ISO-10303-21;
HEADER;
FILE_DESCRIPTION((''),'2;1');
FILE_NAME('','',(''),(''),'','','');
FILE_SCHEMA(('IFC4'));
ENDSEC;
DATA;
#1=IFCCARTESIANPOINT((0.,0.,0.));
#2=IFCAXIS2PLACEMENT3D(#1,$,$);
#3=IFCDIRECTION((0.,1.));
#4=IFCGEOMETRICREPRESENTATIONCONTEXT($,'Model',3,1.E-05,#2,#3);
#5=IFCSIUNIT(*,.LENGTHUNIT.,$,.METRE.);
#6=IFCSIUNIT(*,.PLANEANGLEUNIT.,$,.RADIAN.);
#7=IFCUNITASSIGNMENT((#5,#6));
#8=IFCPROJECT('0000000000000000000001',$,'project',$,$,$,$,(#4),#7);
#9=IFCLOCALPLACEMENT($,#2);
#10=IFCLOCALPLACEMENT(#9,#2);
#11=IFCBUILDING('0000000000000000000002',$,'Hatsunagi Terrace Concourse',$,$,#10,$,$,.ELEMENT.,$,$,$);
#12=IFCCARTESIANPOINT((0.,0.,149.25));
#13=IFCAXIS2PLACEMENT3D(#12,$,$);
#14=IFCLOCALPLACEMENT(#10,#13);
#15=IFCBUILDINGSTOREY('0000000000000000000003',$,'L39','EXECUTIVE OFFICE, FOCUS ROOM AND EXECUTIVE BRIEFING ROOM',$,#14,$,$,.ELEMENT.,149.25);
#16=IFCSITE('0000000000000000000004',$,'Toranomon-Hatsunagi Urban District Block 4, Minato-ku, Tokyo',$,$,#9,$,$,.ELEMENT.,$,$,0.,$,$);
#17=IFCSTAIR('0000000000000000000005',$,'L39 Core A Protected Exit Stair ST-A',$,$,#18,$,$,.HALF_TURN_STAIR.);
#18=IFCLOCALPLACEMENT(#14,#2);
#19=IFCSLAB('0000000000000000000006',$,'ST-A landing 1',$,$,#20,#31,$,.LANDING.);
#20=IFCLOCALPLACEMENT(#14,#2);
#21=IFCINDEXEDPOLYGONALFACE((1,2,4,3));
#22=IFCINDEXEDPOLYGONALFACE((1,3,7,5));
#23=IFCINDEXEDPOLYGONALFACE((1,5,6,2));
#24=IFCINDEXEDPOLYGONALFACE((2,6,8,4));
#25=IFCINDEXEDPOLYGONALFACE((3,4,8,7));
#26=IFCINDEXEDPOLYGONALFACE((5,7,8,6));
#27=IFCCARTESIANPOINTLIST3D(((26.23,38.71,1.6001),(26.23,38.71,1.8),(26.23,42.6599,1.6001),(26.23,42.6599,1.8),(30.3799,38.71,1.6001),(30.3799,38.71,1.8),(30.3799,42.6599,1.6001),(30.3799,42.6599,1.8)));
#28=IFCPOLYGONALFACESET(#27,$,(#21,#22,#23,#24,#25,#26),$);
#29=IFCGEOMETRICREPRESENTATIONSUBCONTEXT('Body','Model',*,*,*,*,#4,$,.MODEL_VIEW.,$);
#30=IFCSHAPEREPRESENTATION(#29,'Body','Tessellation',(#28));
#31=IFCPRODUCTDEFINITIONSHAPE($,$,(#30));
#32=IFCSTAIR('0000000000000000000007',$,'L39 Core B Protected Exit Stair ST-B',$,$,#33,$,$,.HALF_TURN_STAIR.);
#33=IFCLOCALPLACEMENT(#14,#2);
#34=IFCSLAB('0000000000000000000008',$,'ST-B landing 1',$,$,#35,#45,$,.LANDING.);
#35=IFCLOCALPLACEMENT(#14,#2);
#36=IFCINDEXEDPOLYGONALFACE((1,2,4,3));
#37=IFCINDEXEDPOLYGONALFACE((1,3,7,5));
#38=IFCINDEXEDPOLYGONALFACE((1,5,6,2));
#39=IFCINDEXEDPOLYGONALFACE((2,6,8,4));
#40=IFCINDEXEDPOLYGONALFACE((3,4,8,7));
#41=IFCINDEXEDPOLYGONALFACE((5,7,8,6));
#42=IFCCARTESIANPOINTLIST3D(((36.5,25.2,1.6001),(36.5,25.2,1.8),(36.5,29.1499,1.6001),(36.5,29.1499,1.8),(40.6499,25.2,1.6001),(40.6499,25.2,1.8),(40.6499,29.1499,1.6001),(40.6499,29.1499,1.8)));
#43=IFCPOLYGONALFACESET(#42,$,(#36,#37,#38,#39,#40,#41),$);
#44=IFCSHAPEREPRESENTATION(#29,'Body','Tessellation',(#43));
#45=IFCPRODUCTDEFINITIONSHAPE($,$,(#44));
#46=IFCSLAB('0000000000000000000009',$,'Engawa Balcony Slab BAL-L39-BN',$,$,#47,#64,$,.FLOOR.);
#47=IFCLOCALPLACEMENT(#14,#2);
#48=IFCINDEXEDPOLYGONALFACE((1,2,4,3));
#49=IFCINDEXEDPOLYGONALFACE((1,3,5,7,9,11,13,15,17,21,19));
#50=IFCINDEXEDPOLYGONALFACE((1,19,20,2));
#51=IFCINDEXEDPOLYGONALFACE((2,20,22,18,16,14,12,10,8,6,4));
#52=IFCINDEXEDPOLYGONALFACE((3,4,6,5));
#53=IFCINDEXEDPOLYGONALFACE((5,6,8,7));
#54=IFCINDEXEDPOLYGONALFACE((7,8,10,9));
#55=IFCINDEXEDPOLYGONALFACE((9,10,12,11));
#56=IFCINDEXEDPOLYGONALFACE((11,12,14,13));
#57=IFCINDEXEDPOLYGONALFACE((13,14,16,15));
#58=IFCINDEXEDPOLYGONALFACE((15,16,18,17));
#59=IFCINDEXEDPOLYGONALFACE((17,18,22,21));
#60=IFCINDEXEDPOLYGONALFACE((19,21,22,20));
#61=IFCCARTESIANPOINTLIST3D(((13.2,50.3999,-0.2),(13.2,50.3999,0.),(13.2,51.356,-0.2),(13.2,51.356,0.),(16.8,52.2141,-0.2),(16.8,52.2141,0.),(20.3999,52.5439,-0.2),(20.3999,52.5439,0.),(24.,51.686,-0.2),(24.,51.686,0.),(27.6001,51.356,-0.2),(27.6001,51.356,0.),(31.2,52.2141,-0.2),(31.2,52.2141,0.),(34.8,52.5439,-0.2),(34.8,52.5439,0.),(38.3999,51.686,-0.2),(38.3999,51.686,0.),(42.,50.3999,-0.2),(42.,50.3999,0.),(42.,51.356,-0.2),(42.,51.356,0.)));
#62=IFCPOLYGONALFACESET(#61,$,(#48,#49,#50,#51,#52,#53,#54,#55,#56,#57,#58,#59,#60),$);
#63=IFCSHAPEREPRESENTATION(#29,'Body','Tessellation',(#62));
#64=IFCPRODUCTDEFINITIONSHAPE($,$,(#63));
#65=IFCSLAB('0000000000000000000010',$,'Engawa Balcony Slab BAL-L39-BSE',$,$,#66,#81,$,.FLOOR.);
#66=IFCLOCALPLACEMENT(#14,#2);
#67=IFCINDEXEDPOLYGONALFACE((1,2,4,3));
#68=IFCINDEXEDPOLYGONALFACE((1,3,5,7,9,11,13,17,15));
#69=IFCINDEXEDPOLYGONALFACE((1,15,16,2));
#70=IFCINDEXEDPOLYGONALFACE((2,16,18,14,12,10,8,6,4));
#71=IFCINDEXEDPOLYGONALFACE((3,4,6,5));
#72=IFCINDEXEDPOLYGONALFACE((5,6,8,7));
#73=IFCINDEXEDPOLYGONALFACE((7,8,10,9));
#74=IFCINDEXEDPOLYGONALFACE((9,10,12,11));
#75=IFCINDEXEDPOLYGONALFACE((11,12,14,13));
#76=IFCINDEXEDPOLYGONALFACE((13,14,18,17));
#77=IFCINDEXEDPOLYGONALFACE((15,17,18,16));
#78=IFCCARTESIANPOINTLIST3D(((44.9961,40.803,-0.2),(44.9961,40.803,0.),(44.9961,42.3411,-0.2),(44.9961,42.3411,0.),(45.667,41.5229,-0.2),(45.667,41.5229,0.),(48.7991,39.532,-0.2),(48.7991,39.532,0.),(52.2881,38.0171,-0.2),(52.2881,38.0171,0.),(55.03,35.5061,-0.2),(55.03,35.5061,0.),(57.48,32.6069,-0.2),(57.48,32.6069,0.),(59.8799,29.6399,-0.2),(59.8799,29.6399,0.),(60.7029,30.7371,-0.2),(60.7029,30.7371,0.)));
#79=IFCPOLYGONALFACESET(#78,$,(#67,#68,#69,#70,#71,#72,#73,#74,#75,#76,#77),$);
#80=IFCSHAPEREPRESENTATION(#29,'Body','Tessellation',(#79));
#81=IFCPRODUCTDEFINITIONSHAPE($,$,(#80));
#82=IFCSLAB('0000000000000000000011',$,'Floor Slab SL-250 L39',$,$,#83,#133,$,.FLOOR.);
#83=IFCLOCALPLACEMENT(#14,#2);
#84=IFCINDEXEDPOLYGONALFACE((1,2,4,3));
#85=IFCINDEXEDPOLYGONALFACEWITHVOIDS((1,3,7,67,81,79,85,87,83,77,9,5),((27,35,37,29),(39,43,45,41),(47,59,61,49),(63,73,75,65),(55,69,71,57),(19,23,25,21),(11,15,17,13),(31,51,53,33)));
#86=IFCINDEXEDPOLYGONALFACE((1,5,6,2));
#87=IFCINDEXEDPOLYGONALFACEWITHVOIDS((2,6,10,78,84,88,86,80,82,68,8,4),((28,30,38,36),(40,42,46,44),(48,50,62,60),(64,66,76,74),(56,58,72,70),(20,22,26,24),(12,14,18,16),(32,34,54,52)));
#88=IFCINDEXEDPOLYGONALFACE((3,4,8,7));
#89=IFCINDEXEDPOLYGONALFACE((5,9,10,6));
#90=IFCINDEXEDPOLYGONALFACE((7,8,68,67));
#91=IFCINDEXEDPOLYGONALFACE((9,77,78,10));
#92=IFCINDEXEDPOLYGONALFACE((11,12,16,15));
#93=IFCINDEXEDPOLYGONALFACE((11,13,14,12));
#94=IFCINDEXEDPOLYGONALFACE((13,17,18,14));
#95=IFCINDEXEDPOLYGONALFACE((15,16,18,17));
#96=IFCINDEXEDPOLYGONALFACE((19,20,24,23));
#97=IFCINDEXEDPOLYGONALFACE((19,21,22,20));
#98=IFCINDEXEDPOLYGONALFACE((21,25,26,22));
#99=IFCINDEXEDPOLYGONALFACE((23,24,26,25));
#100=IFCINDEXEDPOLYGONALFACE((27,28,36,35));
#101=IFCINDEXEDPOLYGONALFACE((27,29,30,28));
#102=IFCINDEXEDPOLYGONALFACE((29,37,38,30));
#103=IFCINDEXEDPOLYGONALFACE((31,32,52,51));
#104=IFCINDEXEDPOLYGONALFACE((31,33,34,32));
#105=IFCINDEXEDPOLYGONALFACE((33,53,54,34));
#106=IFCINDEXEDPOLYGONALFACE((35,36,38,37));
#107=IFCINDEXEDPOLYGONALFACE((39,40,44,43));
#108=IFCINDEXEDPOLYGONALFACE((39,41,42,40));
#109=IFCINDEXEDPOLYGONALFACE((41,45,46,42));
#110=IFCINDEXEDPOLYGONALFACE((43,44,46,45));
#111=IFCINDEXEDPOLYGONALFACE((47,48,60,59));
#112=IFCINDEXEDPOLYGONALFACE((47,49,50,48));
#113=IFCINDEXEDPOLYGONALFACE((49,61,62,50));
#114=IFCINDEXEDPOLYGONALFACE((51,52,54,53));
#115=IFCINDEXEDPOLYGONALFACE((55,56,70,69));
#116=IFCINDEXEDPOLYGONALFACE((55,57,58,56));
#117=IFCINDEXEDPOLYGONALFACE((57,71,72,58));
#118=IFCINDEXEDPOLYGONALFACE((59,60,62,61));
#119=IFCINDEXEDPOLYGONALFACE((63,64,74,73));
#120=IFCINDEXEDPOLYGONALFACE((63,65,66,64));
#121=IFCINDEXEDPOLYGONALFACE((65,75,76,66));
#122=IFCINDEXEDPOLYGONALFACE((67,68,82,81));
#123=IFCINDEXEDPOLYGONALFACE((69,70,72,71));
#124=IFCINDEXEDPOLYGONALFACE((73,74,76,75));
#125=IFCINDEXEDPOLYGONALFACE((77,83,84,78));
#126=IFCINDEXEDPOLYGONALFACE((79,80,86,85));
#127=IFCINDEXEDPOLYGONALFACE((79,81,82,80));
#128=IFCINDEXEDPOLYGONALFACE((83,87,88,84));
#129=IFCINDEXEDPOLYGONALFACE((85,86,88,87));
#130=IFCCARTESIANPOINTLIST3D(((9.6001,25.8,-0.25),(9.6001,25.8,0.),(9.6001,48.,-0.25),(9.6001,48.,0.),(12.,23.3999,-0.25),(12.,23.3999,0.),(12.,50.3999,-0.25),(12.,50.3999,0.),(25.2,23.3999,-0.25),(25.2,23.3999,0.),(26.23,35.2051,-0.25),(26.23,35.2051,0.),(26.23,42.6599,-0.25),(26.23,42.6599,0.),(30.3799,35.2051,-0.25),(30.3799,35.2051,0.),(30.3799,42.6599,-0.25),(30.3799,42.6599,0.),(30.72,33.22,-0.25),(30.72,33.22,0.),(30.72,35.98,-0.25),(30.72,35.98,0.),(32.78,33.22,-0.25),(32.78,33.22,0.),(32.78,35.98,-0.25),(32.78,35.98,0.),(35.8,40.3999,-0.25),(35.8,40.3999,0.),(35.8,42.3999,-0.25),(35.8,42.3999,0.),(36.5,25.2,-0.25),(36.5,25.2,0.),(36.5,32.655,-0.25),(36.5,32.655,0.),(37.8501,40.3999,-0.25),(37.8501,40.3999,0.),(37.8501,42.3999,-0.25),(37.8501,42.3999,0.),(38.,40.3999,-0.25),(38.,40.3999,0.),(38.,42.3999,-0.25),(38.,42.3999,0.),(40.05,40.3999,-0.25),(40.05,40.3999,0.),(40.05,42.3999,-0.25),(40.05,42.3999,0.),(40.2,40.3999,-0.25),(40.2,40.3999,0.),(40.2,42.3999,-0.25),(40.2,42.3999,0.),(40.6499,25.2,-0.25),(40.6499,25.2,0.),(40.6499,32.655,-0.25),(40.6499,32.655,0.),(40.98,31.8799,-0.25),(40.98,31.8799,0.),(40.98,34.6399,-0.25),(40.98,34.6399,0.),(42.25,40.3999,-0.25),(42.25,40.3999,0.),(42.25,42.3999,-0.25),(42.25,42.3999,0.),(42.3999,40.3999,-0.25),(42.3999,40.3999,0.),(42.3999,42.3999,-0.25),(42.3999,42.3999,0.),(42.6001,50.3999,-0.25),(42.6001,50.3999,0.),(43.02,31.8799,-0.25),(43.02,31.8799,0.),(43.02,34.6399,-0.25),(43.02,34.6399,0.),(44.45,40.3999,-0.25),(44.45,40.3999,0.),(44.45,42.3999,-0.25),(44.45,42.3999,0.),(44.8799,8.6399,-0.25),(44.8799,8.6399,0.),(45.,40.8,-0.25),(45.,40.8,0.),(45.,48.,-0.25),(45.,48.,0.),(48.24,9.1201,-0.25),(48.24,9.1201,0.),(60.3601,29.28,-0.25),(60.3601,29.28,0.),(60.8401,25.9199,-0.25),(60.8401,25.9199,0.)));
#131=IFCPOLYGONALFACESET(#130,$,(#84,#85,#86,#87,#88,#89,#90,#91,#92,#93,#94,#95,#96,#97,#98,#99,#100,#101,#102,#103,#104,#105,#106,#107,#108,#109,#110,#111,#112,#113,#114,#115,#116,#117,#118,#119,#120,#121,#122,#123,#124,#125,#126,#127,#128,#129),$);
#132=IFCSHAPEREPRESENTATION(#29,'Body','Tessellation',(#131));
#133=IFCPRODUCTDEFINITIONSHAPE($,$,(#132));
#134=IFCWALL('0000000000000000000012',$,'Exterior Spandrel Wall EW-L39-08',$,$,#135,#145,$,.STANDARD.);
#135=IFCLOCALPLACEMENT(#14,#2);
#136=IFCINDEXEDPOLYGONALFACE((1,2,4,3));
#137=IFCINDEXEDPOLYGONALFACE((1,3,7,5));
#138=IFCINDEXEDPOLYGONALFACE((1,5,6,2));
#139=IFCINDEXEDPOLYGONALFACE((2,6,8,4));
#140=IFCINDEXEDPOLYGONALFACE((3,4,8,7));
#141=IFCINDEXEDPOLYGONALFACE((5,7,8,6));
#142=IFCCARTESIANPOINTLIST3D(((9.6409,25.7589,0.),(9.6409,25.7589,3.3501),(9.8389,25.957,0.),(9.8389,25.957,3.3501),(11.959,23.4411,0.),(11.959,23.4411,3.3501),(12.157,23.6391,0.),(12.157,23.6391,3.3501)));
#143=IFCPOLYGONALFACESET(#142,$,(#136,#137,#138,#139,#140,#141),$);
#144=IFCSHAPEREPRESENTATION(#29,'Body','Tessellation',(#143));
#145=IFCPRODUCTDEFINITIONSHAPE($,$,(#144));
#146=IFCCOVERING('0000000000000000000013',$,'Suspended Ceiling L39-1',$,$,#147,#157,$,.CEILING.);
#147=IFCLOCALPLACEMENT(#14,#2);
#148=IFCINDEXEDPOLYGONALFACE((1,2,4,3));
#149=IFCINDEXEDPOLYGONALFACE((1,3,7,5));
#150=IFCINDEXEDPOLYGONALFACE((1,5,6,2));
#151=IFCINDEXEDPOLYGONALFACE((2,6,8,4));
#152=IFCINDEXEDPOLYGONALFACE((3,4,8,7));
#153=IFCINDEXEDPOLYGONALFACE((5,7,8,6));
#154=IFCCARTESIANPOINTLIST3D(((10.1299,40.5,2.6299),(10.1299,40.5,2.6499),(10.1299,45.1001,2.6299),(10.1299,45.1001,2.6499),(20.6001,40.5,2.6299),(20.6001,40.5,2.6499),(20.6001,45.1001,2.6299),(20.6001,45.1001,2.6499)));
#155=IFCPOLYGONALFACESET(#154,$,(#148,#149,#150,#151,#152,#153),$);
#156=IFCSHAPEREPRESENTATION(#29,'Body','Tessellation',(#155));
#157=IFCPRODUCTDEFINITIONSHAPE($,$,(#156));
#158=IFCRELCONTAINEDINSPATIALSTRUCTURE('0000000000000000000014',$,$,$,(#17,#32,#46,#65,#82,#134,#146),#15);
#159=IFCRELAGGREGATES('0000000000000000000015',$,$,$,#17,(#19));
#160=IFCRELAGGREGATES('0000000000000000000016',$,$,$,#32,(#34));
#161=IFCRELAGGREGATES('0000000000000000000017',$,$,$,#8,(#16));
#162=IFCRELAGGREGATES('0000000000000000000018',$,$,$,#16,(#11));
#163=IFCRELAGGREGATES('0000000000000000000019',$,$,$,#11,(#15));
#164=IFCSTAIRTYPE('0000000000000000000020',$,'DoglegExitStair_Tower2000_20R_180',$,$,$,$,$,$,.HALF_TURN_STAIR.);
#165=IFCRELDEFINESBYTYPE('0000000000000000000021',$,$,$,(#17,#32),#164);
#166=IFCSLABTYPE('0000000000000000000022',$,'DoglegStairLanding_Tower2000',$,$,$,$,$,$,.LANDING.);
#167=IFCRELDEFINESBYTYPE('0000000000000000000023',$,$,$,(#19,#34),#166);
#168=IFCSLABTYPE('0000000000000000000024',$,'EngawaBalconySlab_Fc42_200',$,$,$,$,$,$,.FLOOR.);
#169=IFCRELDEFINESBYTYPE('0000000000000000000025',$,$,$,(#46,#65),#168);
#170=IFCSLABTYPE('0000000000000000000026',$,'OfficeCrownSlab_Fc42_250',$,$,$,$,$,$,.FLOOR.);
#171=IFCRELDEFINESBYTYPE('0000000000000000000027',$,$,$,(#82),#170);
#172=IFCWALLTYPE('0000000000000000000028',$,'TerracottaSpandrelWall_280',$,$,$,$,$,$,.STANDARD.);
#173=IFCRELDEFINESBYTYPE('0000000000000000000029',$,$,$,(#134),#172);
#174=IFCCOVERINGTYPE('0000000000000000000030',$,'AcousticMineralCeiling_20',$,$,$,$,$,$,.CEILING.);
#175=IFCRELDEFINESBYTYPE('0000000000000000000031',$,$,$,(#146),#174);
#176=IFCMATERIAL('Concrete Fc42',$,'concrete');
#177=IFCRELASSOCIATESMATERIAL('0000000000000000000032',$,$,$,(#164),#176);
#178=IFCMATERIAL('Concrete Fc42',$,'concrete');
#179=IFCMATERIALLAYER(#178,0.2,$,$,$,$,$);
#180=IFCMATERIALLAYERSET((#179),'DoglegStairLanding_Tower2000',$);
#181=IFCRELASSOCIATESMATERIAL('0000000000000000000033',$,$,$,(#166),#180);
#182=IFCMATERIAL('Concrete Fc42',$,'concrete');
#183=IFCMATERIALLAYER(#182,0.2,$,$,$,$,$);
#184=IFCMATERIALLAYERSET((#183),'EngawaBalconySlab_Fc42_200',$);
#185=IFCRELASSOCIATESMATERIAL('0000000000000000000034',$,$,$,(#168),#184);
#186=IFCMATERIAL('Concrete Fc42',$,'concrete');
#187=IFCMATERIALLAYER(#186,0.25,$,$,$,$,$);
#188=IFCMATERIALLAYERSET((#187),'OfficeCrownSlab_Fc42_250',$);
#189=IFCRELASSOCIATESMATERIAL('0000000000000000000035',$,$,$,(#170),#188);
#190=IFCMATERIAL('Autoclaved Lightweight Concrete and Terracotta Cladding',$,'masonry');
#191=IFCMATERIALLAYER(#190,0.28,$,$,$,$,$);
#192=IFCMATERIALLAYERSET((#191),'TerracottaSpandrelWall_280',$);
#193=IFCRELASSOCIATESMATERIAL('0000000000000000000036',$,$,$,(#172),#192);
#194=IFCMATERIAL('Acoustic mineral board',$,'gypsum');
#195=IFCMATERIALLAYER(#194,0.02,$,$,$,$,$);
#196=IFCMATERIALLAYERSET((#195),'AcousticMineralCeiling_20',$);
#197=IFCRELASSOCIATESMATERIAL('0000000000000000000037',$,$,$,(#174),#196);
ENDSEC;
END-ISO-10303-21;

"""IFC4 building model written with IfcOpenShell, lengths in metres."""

from ifc_helpers import new_model, si_unit, direction, frame, frame_2d, origin, place, context, subcontext, project, spatial, polyline, rectangle, outline, extrude, material, layer, layer_set, type_object, element, aggregate, save


model = new_model("IFC4")

# Units and contexts
model_context = context("Model", 3, precision=1e-05, world=origin(), true_north=direction((0.0, 1.0)))
body_context = subcontext(model_context, "Body", "Model", "MODEL_VIEW")
ifc_project = project(units=[si_unit("LENGTHUNIT", "METRE"), si_unit("PLANEANGLEUNIT", "RADIAN")], contexts=[model_context])

# Site, building, storey
site_placement = place(None, origin())
site = spatial("IfcSite", under=ifc_project, at=site_placement, Name="Toranomon-Hatsunagi Urban District Block 4, Minato-ku, Tokyo", CompositionType="ELEMENT", RefElevation=0.0)
building_placement = place(site_placement, origin())
building = spatial("IfcBuilding", under=site, at=building_placement, Name="Hatsunagi Terrace Concourse", CompositionType="ELEMENT")
storey_placement = place(building_placement, frame((0.0, 0.0, 149.25)))
storey = spatial("IfcBuildingStorey", under=building, at=storey_placement, Name="L39", Description="EXECUTIVE OFFICE, FOCUS ROOM AND EXECUTIVE BRIEFING ROOM", CompositionType="ELEMENT", Elevation=149.25)

# Stairs, slabs
ifc_material_1 = material(Name="Concrete Fc42", Category="concrete")
stair_type = type_object("IfcStairType", Name="DoglegExitStair_Tower2000_20R_180", PredefinedType="HALF_TURN_STAIR", material=ifc_material_1)
stair_1_placement = place(storey_placement, origin())
stair_1 = element("IfcStair", 1, at=stair_1_placement, inside=storey, type_object=stair_type, Name="L39 Core A Protected Exit Stair ST-A", PredefinedType="HALF_TURN_STAIR")
ifc_material_2 = material(Name="Concrete Fc42", Category="concrete")
ifc_layer_1 = layer(ifc_material_2, 0.2)
ifc_layer_set_1 = layer_set([ifc_layer_1], Name="DoglegStairLanding_Tower2000")
slab_type_1 = type_object("IfcSlabType", Name="DoglegStairLanding_Tower2000", PredefinedType="LANDING", material=ifc_layer_set_1)
slab_1_placement = place(storey_placement, frame((0.0, 0.0, 1.6001)))
slab_1 = element("IfcSlab", 2, at=slab_1_placement, type_object=slab_type_1, Name="ST-A landing 1", PredefinedType="LANDING", context=body_context, shape_type="SweptSolid", body=[
    extrude(outline(polyline([(30.3799, 38.71), (30.3799, 42.6599), (26.23, 42.6599), (26.23, 38.71), (30.3799, 38.71)])), origin(), (0.0, 0.0, 1.0), 0.2),
])
aggregate(stair_1, [slab_1])
stair_2_placement = place(storey_placement, origin())
stair_2 = element("IfcStair", 3, at=stair_2_placement, inside=storey, type_object=stair_type, Name="L39 Core B Protected Exit Stair ST-B", PredefinedType="HALF_TURN_STAIR")
slab_2_placement = place(storey_placement, frame((0.0, 0.0, 1.6001)))
slab_2 = element("IfcSlab", 4, at=slab_2_placement, type_object=slab_type_1, Name="ST-B landing 1", PredefinedType="LANDING", context=body_context, shape_type="SweptSolid", body=[
    extrude(outline(polyline([(36.5, 29.1499), (36.5, 25.2), (40.6499, 25.2), (40.6499, 29.1499), (36.5, 29.1499)])), origin(), (0.0, 0.0, 1.0), 0.2),
])
aggregate(stair_2, [slab_2])

# Slabs
ifc_material_3 = material(Name="Concrete Fc42", Category="concrete")
ifc_layer_2 = layer(ifc_material_3, 0.2)
ifc_layer_set_2 = layer_set([ifc_layer_2], Name="EngawaBalconySlab_Fc42_200")
slab_type_2 = type_object("IfcSlabType", Name="EngawaBalconySlab_Fc42_200", PredefinedType="FLOOR", material=ifc_layer_set_2)
slab_3_placement = place(storey_placement, frame((0.0, 0.0, -0.2)))
element("IfcSlab", 5, at=slab_3_placement, inside=storey, type_object=slab_type_2, Name="Engawa Balcony Slab BAL-L39-BN", PredefinedType="FLOOR", context=body_context, shape_type="SweptSolid", body=[
    extrude(outline(polyline([(13.2, 51.356), (13.2, 50.3999), (42.0, 50.3999), (42.0, 51.356), (38.3999, 51.686), (34.8, 52.5439), (31.2, 52.2141), (27.6001, 51.356), (24.0, 51.686), (20.3999, 52.5439), (16.8, 52.2141), (13.2, 51.356)])), origin(), (0.0, 0.0, 1.0), 0.2),
])
slab_4_placement = place(storey_placement, frame((0.0, 0.0, -0.2)))
element("IfcSlab", 6, at=slab_4_placement, inside=storey, type_object=slab_type_2, Name="Engawa Balcony Slab BAL-L39-BSE", PredefinedType="FLOOR", context=body_context, shape_type="SweptSolid", body=[
    extrude(outline(polyline([(45.667, 41.5229), (44.9961, 42.3411), (44.9961, 40.803), (59.8799, 29.6399), (60.7029, 30.7371), (57.48, 32.6069), (55.03, 35.5061), (52.2881, 38.0171), (48.7991, 39.532), (45.667, 41.5229)])), origin(), (0.0, 0.0, 1.0), 0.2),
])
ifc_material_4 = material(Name="Concrete Fc42", Category="concrete")
ifc_layer_3 = layer(ifc_material_4, 0.25)
ifc_layer_set_3 = layer_set([ifc_layer_3], Name="OfficeCrownSlab_Fc42_250")
slab_type_3 = type_object("IfcSlabType", Name="OfficeCrownSlab_Fc42_250", PredefinedType="FLOOR", material=ifc_layer_set_3)
slab_5_placement = place(storey_placement, frame((0.0, 0.0, -0.25)))
element("IfcSlab", 7, at=slab_5_placement, inside=storey, type_object=slab_type_3, Name="Floor Slab SL-250 L39", PredefinedType="FLOOR", context=body_context, shape_type="SweptSolid", body=[
    extrude(outline(polyline([(45.0, 40.8), (45.0, 48.0), (42.6001, 50.3999), (12.0, 50.3999), (9.6001, 48.0), (9.6001, 25.8), (12.0, 23.3999), (25.2, 23.3999), (44.8799, 8.6399), (48.24, 9.1201), (60.8401, 25.9199), (60.3601, 29.28), (45.0, 40.8)]), holes=[polyline([(26.23, 35.2051), (30.3799, 35.2051), (30.3799, 42.6599), (26.23, 42.6599), (26.23, 35.2051)]), polyline([(36.5, 25.2), (40.6499, 25.2), (40.6499, 32.655), (36.5, 32.655), (36.5, 25.2)]), polyline([(30.72, 33.22), (32.78, 33.22), (32.78, 35.98), (30.72, 35.98), (30.72, 33.22)]), polyline([(40.98, 31.8799), (43.02, 31.8799), (43.02, 34.6399), (40.98, 34.6399), (40.98, 31.8799)]), polyline([(35.8, 40.3999), (37.8501, 40.3999), (37.8501, 42.3999), (35.8, 42.3999), (35.8, 40.3999)]), polyline([(38.0, 40.3999), (40.05, 40.3999), (40.05, 42.3999), (38.0, 42.3999), (38.0, 40.3999)]), polyline([(40.2, 40.3999), (42.25, 40.3999), (42.25, 42.3999), (40.2, 42.3999), (40.2, 40.3999)]), polyline([(42.3999, 40.3999), (44.45, 40.3999), (44.45, 42.3999), (42.3999, 42.3999), (42.3999, 40.3999)])]), origin(), (0.0, 0.0, 1.0), 0.25),
])

# Wall
ifc_material_5 = material(Name="Autoclaved Lightweight Concrete and Terracotta Cladding", Category="masonry")
ifc_layer_4 = layer(ifc_material_5, 0.28)
ifc_layer_set_4 = layer_set([ifc_layer_4], Name="TerracottaSpandrelWall_280")
wall_type = type_object("IfcWallType", Name="TerracottaSpandrelWall_280", PredefinedType="STANDARD", material=ifc_layer_set_4)
wall_placement = place(storey_placement, frame((12.0581, 23.54, 0.0), z_axis=(0.0, 0.0, 1.0), x_axis=(-0.707144, 0.70707, 0.0)))
element("IfcWall", 8, at=wall_placement, inside=storey, type_object=wall_type, Name="Exterior Spandrel Wall EW-L39-08", PredefinedType="STANDARD", context=body_context, shape_type="SweptSolid", body=[
    extrude(rectangle(XDim=3.2781, YDim=0.28, at=frame_2d((1.6392, 0.0))), origin(), (0.0, 0.0, 1.0), 3.3501),
])

# Covering
ifc_material_6 = material(Name="Acoustic mineral board", Category="gypsum")
ifc_layer_5 = layer(ifc_material_6, 0.02)
ifc_layer_set_5 = layer_set([ifc_layer_5], Name="AcousticMineralCeiling_20")
covering_type_1 = type_object("IfcCoveringType", Name="AcousticMineralCeiling_20", PredefinedType="CEILING", material=ifc_layer_set_5)
covering_1_placement = place(storey_placement, frame((0.0, 0.0, 2.6299)))
element("IfcCovering", 9, at=covering_1_placement, inside=storey, type_object=covering_type_1, Name="Suspended Ceiling L39-1", PredefinedType="CEILING", context=body_context, shape_type="SweptSolid", body=[
    extrude(outline(polyline([(10.1299, 40.5), (20.6001, 40.5), (20.6001, 45.1001), (10.1299, 45.1001), (10.1299, 40.5)])), origin(), (0.0, 0.0, 1.0), 0.02),
])

save(model, "model.ifc")
